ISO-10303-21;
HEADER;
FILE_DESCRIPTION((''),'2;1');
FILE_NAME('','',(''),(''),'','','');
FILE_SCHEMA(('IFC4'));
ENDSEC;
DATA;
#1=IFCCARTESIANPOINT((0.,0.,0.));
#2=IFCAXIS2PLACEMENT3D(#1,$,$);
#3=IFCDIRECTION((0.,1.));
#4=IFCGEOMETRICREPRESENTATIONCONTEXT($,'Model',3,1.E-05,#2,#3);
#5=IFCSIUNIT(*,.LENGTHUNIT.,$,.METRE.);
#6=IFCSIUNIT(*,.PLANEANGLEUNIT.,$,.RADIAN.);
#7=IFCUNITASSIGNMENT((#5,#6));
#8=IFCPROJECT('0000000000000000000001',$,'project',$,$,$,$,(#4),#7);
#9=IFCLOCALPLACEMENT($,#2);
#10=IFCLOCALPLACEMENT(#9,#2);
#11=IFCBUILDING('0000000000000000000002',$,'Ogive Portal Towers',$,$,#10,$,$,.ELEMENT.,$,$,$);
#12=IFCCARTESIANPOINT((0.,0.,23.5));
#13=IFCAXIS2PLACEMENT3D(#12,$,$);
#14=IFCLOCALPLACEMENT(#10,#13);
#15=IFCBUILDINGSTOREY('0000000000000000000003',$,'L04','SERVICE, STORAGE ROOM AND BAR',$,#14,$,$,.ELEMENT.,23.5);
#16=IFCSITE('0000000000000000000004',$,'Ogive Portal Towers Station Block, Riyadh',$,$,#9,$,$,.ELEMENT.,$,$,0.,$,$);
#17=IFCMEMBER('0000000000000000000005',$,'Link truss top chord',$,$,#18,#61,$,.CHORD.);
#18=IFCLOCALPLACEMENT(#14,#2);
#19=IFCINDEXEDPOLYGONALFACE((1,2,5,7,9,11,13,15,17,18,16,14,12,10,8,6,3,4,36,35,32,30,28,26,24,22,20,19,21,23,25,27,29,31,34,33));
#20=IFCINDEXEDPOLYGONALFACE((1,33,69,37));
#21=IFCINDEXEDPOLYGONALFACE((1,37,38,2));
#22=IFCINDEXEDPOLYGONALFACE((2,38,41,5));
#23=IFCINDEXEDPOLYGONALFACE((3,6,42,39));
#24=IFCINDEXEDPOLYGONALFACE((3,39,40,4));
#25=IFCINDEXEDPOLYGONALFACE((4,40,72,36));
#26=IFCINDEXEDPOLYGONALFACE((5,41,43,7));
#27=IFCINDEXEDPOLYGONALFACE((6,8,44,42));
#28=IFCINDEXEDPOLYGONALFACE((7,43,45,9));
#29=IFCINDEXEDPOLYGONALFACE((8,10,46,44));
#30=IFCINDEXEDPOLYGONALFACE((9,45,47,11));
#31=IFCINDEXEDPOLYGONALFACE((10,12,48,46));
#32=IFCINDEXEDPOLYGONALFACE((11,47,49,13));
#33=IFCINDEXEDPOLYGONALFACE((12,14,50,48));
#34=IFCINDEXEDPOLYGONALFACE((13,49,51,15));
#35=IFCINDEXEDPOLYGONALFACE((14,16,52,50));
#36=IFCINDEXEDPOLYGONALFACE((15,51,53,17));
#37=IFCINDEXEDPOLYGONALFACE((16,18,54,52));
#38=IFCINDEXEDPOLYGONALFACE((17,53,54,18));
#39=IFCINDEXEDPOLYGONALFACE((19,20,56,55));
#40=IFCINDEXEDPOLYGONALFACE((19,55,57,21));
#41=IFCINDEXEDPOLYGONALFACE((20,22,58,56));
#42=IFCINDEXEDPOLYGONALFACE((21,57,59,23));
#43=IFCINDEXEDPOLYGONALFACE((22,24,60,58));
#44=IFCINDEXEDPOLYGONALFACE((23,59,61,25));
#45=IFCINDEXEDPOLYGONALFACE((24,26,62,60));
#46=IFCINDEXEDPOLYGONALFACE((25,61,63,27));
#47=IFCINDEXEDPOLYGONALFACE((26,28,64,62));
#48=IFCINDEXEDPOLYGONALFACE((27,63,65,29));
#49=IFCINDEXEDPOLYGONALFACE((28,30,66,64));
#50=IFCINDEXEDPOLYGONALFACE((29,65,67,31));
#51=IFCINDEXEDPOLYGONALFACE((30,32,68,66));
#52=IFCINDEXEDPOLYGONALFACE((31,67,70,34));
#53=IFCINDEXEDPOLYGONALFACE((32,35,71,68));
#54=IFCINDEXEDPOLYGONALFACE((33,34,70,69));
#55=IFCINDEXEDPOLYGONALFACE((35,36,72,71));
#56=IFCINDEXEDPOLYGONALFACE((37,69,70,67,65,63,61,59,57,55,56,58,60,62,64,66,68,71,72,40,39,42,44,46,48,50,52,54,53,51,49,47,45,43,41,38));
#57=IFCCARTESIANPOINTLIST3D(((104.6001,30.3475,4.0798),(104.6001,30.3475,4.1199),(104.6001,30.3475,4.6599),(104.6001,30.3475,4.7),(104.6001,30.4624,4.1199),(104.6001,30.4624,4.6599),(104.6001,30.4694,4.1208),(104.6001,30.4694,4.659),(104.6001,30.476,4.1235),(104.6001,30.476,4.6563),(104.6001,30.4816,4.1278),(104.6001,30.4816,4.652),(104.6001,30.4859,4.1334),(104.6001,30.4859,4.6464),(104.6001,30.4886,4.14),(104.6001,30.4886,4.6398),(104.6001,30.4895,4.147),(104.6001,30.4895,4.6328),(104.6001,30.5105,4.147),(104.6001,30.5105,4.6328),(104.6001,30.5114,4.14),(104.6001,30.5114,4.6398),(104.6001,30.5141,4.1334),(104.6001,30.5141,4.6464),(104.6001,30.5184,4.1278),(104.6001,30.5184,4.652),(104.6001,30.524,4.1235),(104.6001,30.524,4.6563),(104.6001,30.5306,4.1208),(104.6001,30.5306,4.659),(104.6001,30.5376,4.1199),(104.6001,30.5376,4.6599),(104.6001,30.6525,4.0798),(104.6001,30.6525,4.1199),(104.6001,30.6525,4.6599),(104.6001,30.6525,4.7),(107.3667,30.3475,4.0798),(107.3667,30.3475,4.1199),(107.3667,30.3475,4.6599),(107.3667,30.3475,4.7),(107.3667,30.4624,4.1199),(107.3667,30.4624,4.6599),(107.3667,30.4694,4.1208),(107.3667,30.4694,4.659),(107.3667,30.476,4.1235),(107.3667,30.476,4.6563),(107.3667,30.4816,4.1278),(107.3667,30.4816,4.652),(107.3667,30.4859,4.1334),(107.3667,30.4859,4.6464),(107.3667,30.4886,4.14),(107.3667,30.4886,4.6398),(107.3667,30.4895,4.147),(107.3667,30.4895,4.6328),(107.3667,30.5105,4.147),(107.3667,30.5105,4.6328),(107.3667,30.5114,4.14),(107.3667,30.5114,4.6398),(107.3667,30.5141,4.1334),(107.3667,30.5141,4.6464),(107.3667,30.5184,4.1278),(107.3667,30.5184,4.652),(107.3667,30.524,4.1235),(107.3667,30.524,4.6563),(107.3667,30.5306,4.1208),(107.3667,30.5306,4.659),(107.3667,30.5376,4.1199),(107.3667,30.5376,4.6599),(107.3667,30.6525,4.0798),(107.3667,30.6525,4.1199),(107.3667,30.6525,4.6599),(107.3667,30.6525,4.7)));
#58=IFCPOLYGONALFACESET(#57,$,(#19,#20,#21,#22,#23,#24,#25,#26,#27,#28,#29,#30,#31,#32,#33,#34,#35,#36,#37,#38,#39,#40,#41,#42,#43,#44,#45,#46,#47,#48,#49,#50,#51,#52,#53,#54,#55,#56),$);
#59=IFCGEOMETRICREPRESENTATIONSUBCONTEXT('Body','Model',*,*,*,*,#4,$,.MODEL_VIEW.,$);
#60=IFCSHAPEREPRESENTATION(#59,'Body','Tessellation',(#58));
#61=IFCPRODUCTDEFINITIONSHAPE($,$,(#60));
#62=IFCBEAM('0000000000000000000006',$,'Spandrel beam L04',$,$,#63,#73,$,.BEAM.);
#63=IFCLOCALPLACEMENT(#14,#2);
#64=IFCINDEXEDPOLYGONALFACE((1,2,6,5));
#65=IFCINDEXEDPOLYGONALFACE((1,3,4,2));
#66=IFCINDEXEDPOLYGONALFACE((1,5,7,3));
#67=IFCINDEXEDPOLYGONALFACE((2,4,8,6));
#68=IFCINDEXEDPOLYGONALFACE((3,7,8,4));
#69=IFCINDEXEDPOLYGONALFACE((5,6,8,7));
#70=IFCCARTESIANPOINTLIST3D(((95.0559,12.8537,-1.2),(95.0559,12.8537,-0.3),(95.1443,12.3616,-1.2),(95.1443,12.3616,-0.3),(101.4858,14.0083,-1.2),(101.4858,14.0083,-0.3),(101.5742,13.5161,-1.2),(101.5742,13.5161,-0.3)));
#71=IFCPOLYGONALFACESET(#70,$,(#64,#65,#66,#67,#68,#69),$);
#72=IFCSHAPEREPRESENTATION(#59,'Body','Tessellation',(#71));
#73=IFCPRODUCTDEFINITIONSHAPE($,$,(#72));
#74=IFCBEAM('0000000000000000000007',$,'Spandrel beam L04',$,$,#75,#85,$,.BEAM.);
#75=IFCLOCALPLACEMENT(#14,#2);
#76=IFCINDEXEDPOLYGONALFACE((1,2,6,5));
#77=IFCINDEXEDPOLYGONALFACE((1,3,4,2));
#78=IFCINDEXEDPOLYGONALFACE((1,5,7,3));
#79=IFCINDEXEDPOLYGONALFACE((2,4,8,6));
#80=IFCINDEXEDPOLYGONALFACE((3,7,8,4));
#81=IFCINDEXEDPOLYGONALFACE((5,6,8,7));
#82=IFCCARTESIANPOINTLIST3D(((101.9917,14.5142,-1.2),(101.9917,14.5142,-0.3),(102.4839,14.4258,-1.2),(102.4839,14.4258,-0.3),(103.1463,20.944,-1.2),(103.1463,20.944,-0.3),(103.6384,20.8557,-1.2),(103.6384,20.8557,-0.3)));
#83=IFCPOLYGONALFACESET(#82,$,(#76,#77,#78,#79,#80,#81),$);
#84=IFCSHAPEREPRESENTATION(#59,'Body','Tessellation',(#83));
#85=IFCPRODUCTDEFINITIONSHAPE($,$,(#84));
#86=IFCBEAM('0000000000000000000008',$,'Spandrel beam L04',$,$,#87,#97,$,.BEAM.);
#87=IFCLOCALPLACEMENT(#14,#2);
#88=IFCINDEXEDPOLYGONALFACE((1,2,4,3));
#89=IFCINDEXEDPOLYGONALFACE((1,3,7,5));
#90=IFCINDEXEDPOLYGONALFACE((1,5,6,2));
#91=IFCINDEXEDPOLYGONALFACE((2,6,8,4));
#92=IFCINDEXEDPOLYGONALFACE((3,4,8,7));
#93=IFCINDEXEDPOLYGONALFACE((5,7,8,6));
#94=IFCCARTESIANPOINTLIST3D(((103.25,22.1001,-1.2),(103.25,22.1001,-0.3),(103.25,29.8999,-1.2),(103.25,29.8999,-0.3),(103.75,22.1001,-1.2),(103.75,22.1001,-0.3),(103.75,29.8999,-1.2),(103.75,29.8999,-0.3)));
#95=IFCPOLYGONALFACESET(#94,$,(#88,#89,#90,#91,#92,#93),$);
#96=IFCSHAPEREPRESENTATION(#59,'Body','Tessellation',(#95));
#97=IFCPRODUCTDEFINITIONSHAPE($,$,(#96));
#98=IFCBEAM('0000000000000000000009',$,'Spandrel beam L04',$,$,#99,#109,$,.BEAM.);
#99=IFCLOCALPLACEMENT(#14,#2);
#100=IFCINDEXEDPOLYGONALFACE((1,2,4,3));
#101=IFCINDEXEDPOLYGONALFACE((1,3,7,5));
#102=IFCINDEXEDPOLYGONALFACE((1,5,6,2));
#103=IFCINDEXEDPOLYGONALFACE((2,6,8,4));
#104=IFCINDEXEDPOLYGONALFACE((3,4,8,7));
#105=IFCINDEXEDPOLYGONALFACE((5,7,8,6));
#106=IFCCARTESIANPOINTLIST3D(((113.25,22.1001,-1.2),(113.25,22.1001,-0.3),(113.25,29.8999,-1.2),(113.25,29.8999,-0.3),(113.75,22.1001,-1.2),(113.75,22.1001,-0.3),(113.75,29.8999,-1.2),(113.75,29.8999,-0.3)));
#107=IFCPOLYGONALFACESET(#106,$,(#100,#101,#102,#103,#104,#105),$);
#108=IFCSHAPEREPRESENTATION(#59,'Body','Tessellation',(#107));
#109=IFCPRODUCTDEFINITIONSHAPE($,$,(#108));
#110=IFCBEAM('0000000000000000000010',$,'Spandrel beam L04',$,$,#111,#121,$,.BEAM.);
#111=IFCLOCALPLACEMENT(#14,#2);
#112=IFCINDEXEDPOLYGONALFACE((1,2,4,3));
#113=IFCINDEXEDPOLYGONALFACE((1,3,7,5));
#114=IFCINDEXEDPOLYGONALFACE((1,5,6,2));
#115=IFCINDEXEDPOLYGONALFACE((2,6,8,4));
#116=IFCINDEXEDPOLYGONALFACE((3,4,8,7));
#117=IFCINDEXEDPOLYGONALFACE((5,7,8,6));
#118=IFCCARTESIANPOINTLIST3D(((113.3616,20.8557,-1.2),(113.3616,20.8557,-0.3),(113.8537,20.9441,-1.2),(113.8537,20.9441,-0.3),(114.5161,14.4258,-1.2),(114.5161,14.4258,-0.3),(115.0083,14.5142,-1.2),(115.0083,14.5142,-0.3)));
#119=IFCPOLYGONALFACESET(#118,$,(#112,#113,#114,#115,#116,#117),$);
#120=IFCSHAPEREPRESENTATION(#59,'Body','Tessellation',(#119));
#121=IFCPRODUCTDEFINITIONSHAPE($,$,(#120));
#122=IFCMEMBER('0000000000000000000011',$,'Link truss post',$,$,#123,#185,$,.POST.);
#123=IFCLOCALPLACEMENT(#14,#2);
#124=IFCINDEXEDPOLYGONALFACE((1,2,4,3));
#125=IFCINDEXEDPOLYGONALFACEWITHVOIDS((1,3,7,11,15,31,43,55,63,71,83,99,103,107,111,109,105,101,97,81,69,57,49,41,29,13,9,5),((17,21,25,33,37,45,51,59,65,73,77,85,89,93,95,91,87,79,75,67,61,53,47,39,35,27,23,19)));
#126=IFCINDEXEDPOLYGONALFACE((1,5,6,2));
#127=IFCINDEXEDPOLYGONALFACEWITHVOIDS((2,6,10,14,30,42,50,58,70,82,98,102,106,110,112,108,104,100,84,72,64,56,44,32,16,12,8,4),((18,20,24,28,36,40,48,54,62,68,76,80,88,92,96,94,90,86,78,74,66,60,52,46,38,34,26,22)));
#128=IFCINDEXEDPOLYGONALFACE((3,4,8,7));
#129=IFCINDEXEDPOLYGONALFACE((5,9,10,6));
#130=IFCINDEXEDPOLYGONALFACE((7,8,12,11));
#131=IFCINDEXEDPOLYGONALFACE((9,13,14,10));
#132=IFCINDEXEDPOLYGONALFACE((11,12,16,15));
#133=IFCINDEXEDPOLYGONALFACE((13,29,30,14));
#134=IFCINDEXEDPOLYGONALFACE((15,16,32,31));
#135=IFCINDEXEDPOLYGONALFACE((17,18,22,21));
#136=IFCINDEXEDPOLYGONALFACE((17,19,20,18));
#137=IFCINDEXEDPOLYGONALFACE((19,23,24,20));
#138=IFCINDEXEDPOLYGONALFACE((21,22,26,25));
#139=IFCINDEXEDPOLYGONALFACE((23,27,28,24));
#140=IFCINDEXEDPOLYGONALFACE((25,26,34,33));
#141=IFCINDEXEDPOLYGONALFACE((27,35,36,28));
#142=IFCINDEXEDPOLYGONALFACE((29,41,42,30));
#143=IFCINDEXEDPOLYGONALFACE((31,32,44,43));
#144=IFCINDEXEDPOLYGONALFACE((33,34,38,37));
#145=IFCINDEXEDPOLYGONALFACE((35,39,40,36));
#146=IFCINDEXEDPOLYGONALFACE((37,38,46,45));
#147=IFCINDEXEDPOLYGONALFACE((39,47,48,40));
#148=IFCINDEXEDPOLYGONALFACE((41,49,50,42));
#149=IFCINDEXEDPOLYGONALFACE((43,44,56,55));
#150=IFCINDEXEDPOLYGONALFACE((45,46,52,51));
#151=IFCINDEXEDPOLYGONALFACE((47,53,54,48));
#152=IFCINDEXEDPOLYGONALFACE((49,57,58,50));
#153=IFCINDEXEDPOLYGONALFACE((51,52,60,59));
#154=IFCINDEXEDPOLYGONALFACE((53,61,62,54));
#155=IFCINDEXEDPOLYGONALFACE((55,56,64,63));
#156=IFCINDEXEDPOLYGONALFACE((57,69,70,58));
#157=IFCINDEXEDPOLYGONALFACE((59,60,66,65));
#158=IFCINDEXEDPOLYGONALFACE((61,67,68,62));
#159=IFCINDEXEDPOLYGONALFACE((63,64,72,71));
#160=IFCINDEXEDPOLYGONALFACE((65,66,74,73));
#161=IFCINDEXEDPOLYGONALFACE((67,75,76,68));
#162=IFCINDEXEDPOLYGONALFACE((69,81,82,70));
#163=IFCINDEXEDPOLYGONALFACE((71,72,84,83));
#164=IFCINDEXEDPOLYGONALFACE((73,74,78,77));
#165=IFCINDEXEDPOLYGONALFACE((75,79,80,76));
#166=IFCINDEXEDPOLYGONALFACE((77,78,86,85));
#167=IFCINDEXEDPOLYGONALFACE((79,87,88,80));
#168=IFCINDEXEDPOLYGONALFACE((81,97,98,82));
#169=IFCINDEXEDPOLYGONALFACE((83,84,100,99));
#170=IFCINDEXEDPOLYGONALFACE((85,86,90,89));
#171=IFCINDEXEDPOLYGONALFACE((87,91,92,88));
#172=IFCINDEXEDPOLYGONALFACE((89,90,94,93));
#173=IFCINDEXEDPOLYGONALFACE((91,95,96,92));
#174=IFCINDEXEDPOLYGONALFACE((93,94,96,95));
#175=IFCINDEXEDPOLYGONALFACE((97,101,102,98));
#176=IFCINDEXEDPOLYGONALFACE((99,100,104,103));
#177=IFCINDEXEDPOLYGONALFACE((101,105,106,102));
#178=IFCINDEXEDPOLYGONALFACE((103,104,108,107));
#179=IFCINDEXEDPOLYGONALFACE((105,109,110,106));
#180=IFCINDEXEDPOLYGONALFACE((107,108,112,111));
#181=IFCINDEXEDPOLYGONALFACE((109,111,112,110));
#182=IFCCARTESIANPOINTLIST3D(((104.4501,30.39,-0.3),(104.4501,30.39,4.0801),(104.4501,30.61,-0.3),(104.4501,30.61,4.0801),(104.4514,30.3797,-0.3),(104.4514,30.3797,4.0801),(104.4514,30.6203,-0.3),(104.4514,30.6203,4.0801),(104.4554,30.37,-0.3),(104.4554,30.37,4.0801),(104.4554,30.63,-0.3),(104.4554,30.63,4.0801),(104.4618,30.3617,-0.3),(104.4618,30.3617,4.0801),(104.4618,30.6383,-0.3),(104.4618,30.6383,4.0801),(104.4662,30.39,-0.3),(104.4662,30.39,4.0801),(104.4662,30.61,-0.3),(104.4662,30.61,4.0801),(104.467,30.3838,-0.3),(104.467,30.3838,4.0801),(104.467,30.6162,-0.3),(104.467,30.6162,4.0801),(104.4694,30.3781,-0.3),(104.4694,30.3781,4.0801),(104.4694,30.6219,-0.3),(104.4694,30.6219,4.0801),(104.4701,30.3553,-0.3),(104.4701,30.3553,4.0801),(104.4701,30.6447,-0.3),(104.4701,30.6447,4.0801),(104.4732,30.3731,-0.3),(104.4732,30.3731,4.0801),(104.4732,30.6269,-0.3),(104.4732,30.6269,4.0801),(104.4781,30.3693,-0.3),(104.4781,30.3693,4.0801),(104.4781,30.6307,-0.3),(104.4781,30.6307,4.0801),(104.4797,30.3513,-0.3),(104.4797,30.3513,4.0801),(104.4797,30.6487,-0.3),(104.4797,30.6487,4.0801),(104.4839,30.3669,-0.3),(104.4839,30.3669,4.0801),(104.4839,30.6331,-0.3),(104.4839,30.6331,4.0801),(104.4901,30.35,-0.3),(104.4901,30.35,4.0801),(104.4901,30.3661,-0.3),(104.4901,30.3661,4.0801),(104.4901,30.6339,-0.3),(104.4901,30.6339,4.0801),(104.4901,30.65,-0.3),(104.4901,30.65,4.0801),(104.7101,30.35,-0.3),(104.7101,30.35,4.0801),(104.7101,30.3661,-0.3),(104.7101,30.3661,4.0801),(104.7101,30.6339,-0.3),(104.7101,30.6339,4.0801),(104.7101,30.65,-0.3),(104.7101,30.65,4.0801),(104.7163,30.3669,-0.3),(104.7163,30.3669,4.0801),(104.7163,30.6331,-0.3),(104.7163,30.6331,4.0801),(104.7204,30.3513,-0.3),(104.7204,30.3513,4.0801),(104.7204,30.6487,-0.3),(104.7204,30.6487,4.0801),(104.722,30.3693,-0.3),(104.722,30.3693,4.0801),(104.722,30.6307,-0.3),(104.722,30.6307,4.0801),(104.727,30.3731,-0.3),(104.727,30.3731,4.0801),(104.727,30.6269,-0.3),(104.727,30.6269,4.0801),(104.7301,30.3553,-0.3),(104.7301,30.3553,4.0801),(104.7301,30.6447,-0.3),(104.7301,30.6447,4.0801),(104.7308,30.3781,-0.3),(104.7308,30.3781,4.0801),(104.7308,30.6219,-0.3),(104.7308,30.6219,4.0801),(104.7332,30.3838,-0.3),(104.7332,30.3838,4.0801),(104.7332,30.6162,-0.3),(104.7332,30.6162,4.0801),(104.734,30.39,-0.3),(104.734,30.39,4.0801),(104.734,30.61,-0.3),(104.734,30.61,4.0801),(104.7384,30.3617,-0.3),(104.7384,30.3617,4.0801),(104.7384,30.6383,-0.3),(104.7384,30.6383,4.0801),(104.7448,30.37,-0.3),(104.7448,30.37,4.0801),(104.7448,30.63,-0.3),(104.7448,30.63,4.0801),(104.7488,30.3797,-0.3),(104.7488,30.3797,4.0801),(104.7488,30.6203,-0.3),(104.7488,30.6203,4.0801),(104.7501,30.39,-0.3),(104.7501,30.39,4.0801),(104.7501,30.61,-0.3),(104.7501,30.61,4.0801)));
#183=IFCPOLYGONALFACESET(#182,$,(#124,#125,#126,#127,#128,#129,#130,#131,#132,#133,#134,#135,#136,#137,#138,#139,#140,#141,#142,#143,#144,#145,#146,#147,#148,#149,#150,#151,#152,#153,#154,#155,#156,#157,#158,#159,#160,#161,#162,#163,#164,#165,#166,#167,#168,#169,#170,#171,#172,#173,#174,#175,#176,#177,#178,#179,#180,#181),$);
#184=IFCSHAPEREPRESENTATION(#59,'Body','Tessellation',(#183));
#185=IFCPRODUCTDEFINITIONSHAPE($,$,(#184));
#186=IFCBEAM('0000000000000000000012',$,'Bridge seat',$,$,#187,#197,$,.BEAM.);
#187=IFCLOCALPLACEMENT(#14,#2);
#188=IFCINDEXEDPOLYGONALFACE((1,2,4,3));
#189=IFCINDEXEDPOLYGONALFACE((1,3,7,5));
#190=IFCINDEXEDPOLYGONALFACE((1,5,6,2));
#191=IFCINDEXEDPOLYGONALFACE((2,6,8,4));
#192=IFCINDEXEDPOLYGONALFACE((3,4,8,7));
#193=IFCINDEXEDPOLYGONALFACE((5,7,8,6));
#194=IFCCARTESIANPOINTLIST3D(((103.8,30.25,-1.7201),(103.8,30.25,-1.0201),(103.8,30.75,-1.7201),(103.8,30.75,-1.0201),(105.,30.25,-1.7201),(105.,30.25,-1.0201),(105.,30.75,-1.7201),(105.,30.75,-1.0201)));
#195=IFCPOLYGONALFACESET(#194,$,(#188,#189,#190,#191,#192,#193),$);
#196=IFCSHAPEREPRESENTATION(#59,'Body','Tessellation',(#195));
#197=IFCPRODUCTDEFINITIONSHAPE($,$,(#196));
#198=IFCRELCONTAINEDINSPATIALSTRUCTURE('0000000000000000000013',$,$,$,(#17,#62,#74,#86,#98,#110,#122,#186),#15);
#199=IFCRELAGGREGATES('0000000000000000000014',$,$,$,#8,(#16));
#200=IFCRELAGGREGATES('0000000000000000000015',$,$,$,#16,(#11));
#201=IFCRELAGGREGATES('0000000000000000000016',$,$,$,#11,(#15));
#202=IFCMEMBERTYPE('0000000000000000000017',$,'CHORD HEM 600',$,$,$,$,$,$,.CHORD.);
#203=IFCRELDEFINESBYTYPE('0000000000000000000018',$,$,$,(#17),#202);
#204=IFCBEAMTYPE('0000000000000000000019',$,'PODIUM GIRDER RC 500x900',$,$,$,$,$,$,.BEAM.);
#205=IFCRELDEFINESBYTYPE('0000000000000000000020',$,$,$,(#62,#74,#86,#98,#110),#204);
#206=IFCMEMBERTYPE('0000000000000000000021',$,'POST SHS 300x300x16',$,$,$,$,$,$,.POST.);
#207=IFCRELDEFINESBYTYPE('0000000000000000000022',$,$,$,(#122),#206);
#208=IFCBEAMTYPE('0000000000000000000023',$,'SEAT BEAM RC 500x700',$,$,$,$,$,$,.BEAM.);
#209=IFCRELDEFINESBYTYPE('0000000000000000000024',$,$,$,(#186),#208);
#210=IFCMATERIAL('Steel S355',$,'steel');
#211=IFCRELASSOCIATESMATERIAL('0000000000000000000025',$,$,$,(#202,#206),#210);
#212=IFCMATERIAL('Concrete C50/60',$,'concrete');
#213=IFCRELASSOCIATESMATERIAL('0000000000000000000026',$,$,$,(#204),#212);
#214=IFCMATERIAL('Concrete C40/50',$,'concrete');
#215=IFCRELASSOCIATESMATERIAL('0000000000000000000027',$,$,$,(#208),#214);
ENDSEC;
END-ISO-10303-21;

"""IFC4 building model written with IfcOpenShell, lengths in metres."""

from ifc_helpers import new_model, si_unit, direction, frame, origin, origin_2d, place, context, subcontext, project, spatial, rectangle, hollow_rectangle, i_section, extrude, material, material_profile, profile_set, type_object, element, save


model = new_model("IFC4")

# Units and contexts
model_context = context("Model", 3, precision=1e-05, world=origin(), true_north=direction((0.0, 1.0)))
body_context = subcontext(model_context, "Body", "Model", "MODEL_VIEW")
ifc_project = project(units=[si_unit("LENGTHUNIT", "METRE"), si_unit("PLANEANGLEUNIT", "RADIAN")], contexts=[model_context])

# Site, building, storey
site_placement = place(None, origin())
site = spatial("IfcSite", under=ifc_project, at=site_placement, Name="Ogive Portal Towers Station Block, Riyadh", CompositionType="ELEMENT", RefElevation=0.0)
building_placement = place(site_placement, origin())
building = spatial("IfcBuilding", under=site, at=building_placement, Name="Ogive Portal Towers", CompositionType="ELEMENT")
storey_placement = place(building_placement, frame((0.0, 0.0, 23.5)))
storey = spatial("IfcBuildingStorey", under=building, at=storey_placement, Name="L04", Description="SERVICE, STORAGE ROOM AND BAR", CompositionType="ELEMENT", Elevation=23.5)

# Shared definitions
ifc_material_1 = material(Name="Concrete C50/60", Category="concrete")

# Member
ifc_material_2 = material(Name="Steel S355", Category="steel")
ifc_material_profile_1 = material_profile(ifc_material_2, i_section(OverallWidth=0.3049, OverallDepth=0.6201, WebThickness=0.021, FlangeThickness=0.04, FilletRadius=0.0271, at=origin_2d()), Name="HEM 600")
ifc_profile_set_1 = profile_set([ifc_material_profile_1], Name="Steel S355")
member_type_1 = type_object("IfcMemberType", Name="CHORD HEM 600", PredefinedType="CHORD", material=ifc_profile_set_1)
member_1_placement = place(storey_placement, frame((104.6001, 30.5, 4.3899), z_axis=(1.0, 0.0, 0.0), x_axis=(0.0, 1.0, 0.0)))
element("IfcMember", 1, at=member_1_placement, inside=storey, type_object=member_type_1, Name="Link truss top chord", PredefinedType="CHORD", context=body_context, shape_type="SweptSolid", body=[
    extrude(i_section(OverallWidth=0.3049, OverallDepth=0.6201, WebThickness=0.021, FlangeThickness=0.04, FilletRadius=0.0271, at=origin_2d()), origin(), (0.0, 0.0, 1.0), 2.7666),
])

# Beams
ifc_material_profile_2 = material_profile(ifc_material_1, rectangle(XDim=0.5, YDim=0.8999, at=origin_2d()), Name="RC 500x900")
ifc_profile_set_2 = profile_set([ifc_material_profile_2], Name="Concrete C50/60")
beam_type_1 = type_object("IfcBeamType", Name="PODIUM GIRDER RC 500x900", PredefinedType="BEAM", material=ifc_profile_set_2)
for number, where, z_axis, x_axis, name in (
    (2, (95.1001, 12.6077, -0.75), (0.984259, 0.176731, 0.0), (-0.176731, 0.984259, 0.0), "Spandrel beam L04"),
    (3, (102.2378, 14.47, -0.75), (0.176731, 0.984259, 0.0), (-0.984259, 0.176731, 0.0), "Spandrel beam L04"),
):
    element("IfcBeam", number, at=place(storey_placement, frame(where, z_axis=z_axis, x_axis=x_axis)), inside=storey, type_object=beam_type_1, Name=name, PredefinedType="BEAM", context=body_context, shape_type="SweptSolid", body=[
        extrude(rectangle(XDim=0.5, YDim=0.8999, at=origin_2d()), origin(), (0.0, 0.0, 1.0), 6.5327),
    ])
for number, where, z_axis, x_axis, name in (
    (4, (103.5, 22.1001, -0.75), (0.0, 1.0, 0.0), (-1.0, 0.0, 0.0), "Spandrel beam L04"),
    (5, (113.5, 29.8999, -0.75), (0.0, -1.0, 0.0), (1.0, 0.0, 0.0), "Spandrel beam L04"),
):
    element("IfcBeam", number, at=place(storey_placement, frame(where, z_axis=z_axis, x_axis=x_axis)), inside=storey, type_object=beam_type_1, Name=name, PredefinedType="BEAM", context=body_context, shape_type="SweptSolid", body=[
        extrude(rectangle(XDim=0.5, YDim=0.8999, at=origin_2d()), origin(), (0.0, 0.0, 1.0), 7.7998),
    ])
beam_1_placement = place(storey_placement, frame((113.6077, 20.8999, -0.75), z_axis=(0.176731, -0.984259, 0.0), x_axis=(0.984259, 0.176731, 0.0)))
element("IfcBeam", 6, at=beam_1_placement, inside=storey, type_object=beam_type_1, Name="Spandrel beam L04", PredefinedType="BEAM", context=body_context, shape_type="SweptSolid", body=[
    extrude(rectangle(XDim=0.5, YDim=0.8999, at=origin_2d()), origin(), (0.0, 0.0, 1.0), 6.5327),
])

# Member
ifc_material_profile_3 = material_profile(ifc_material_2, hollow_rectangle(XDim=0.3, YDim=0.3, WallThickness=0.0161, InnerFilletRadius=0.0239, OuterFilletRadius=0.04, at=origin_2d()), Name="SHS 300x300x16")
ifc_profile_set_3 = profile_set([ifc_material_profile_3], Name="Steel S355")
member_type_2 = type_object("IfcMemberType", Name="POST SHS 300x300x16", PredefinedType="POST", material=ifc_profile_set_3)
member_2_placement = place(storey_placement, frame((104.6001, 30.5, -0.3), z_axis=(0.0, 0.0, 1.0), x_axis=(1.0, 0.0, 0.0)))
element("IfcMember", 7, at=member_2_placement, inside=storey, type_object=member_type_2, Name="Link truss post", PredefinedType="POST", context=body_context, shape_type="SweptSolid", body=[
    extrude(hollow_rectangle(XDim=0.3, YDim=0.3, WallThickness=0.0161, InnerFilletRadius=0.0239, OuterFilletRadius=0.04, at=origin_2d()), origin(), (0.0, 0.0, 1.0), 4.3801),
])

# Beam
ifc_material_3 = material(Name="Concrete C40/50", Category="concrete")
ifc_material_profile_4 = material_profile(ifc_material_3, rectangle(XDim=0.5, YDim=0.7, at=origin_2d()), Name="RC 500x700")
ifc_profile_set_4 = profile_set([ifc_material_profile_4], Name="Concrete C40/50")
beam_type_2 = type_object("IfcBeamType", Name="SEAT BEAM RC 500x700", PredefinedType="BEAM", material=ifc_profile_set_4)
beam_2_placement = place(storey_placement, frame((103.8, 30.5, -1.3701), z_axis=(1.0, 0.0, 0.0), x_axis=(0.0, 1.0, 0.0)))
element("IfcBeam", 8, at=beam_2_placement, inside=storey, type_object=beam_type_2, Name="Bridge seat", PredefinedType="BEAM", context=body_context, shape_type="SweptSolid", body=[
    extrude(rectangle(XDim=0.5, YDim=0.7, at=origin_2d()), origin(), (0.0, 0.0, 1.0), 1.2),
])

save(model, "model.ifc")
